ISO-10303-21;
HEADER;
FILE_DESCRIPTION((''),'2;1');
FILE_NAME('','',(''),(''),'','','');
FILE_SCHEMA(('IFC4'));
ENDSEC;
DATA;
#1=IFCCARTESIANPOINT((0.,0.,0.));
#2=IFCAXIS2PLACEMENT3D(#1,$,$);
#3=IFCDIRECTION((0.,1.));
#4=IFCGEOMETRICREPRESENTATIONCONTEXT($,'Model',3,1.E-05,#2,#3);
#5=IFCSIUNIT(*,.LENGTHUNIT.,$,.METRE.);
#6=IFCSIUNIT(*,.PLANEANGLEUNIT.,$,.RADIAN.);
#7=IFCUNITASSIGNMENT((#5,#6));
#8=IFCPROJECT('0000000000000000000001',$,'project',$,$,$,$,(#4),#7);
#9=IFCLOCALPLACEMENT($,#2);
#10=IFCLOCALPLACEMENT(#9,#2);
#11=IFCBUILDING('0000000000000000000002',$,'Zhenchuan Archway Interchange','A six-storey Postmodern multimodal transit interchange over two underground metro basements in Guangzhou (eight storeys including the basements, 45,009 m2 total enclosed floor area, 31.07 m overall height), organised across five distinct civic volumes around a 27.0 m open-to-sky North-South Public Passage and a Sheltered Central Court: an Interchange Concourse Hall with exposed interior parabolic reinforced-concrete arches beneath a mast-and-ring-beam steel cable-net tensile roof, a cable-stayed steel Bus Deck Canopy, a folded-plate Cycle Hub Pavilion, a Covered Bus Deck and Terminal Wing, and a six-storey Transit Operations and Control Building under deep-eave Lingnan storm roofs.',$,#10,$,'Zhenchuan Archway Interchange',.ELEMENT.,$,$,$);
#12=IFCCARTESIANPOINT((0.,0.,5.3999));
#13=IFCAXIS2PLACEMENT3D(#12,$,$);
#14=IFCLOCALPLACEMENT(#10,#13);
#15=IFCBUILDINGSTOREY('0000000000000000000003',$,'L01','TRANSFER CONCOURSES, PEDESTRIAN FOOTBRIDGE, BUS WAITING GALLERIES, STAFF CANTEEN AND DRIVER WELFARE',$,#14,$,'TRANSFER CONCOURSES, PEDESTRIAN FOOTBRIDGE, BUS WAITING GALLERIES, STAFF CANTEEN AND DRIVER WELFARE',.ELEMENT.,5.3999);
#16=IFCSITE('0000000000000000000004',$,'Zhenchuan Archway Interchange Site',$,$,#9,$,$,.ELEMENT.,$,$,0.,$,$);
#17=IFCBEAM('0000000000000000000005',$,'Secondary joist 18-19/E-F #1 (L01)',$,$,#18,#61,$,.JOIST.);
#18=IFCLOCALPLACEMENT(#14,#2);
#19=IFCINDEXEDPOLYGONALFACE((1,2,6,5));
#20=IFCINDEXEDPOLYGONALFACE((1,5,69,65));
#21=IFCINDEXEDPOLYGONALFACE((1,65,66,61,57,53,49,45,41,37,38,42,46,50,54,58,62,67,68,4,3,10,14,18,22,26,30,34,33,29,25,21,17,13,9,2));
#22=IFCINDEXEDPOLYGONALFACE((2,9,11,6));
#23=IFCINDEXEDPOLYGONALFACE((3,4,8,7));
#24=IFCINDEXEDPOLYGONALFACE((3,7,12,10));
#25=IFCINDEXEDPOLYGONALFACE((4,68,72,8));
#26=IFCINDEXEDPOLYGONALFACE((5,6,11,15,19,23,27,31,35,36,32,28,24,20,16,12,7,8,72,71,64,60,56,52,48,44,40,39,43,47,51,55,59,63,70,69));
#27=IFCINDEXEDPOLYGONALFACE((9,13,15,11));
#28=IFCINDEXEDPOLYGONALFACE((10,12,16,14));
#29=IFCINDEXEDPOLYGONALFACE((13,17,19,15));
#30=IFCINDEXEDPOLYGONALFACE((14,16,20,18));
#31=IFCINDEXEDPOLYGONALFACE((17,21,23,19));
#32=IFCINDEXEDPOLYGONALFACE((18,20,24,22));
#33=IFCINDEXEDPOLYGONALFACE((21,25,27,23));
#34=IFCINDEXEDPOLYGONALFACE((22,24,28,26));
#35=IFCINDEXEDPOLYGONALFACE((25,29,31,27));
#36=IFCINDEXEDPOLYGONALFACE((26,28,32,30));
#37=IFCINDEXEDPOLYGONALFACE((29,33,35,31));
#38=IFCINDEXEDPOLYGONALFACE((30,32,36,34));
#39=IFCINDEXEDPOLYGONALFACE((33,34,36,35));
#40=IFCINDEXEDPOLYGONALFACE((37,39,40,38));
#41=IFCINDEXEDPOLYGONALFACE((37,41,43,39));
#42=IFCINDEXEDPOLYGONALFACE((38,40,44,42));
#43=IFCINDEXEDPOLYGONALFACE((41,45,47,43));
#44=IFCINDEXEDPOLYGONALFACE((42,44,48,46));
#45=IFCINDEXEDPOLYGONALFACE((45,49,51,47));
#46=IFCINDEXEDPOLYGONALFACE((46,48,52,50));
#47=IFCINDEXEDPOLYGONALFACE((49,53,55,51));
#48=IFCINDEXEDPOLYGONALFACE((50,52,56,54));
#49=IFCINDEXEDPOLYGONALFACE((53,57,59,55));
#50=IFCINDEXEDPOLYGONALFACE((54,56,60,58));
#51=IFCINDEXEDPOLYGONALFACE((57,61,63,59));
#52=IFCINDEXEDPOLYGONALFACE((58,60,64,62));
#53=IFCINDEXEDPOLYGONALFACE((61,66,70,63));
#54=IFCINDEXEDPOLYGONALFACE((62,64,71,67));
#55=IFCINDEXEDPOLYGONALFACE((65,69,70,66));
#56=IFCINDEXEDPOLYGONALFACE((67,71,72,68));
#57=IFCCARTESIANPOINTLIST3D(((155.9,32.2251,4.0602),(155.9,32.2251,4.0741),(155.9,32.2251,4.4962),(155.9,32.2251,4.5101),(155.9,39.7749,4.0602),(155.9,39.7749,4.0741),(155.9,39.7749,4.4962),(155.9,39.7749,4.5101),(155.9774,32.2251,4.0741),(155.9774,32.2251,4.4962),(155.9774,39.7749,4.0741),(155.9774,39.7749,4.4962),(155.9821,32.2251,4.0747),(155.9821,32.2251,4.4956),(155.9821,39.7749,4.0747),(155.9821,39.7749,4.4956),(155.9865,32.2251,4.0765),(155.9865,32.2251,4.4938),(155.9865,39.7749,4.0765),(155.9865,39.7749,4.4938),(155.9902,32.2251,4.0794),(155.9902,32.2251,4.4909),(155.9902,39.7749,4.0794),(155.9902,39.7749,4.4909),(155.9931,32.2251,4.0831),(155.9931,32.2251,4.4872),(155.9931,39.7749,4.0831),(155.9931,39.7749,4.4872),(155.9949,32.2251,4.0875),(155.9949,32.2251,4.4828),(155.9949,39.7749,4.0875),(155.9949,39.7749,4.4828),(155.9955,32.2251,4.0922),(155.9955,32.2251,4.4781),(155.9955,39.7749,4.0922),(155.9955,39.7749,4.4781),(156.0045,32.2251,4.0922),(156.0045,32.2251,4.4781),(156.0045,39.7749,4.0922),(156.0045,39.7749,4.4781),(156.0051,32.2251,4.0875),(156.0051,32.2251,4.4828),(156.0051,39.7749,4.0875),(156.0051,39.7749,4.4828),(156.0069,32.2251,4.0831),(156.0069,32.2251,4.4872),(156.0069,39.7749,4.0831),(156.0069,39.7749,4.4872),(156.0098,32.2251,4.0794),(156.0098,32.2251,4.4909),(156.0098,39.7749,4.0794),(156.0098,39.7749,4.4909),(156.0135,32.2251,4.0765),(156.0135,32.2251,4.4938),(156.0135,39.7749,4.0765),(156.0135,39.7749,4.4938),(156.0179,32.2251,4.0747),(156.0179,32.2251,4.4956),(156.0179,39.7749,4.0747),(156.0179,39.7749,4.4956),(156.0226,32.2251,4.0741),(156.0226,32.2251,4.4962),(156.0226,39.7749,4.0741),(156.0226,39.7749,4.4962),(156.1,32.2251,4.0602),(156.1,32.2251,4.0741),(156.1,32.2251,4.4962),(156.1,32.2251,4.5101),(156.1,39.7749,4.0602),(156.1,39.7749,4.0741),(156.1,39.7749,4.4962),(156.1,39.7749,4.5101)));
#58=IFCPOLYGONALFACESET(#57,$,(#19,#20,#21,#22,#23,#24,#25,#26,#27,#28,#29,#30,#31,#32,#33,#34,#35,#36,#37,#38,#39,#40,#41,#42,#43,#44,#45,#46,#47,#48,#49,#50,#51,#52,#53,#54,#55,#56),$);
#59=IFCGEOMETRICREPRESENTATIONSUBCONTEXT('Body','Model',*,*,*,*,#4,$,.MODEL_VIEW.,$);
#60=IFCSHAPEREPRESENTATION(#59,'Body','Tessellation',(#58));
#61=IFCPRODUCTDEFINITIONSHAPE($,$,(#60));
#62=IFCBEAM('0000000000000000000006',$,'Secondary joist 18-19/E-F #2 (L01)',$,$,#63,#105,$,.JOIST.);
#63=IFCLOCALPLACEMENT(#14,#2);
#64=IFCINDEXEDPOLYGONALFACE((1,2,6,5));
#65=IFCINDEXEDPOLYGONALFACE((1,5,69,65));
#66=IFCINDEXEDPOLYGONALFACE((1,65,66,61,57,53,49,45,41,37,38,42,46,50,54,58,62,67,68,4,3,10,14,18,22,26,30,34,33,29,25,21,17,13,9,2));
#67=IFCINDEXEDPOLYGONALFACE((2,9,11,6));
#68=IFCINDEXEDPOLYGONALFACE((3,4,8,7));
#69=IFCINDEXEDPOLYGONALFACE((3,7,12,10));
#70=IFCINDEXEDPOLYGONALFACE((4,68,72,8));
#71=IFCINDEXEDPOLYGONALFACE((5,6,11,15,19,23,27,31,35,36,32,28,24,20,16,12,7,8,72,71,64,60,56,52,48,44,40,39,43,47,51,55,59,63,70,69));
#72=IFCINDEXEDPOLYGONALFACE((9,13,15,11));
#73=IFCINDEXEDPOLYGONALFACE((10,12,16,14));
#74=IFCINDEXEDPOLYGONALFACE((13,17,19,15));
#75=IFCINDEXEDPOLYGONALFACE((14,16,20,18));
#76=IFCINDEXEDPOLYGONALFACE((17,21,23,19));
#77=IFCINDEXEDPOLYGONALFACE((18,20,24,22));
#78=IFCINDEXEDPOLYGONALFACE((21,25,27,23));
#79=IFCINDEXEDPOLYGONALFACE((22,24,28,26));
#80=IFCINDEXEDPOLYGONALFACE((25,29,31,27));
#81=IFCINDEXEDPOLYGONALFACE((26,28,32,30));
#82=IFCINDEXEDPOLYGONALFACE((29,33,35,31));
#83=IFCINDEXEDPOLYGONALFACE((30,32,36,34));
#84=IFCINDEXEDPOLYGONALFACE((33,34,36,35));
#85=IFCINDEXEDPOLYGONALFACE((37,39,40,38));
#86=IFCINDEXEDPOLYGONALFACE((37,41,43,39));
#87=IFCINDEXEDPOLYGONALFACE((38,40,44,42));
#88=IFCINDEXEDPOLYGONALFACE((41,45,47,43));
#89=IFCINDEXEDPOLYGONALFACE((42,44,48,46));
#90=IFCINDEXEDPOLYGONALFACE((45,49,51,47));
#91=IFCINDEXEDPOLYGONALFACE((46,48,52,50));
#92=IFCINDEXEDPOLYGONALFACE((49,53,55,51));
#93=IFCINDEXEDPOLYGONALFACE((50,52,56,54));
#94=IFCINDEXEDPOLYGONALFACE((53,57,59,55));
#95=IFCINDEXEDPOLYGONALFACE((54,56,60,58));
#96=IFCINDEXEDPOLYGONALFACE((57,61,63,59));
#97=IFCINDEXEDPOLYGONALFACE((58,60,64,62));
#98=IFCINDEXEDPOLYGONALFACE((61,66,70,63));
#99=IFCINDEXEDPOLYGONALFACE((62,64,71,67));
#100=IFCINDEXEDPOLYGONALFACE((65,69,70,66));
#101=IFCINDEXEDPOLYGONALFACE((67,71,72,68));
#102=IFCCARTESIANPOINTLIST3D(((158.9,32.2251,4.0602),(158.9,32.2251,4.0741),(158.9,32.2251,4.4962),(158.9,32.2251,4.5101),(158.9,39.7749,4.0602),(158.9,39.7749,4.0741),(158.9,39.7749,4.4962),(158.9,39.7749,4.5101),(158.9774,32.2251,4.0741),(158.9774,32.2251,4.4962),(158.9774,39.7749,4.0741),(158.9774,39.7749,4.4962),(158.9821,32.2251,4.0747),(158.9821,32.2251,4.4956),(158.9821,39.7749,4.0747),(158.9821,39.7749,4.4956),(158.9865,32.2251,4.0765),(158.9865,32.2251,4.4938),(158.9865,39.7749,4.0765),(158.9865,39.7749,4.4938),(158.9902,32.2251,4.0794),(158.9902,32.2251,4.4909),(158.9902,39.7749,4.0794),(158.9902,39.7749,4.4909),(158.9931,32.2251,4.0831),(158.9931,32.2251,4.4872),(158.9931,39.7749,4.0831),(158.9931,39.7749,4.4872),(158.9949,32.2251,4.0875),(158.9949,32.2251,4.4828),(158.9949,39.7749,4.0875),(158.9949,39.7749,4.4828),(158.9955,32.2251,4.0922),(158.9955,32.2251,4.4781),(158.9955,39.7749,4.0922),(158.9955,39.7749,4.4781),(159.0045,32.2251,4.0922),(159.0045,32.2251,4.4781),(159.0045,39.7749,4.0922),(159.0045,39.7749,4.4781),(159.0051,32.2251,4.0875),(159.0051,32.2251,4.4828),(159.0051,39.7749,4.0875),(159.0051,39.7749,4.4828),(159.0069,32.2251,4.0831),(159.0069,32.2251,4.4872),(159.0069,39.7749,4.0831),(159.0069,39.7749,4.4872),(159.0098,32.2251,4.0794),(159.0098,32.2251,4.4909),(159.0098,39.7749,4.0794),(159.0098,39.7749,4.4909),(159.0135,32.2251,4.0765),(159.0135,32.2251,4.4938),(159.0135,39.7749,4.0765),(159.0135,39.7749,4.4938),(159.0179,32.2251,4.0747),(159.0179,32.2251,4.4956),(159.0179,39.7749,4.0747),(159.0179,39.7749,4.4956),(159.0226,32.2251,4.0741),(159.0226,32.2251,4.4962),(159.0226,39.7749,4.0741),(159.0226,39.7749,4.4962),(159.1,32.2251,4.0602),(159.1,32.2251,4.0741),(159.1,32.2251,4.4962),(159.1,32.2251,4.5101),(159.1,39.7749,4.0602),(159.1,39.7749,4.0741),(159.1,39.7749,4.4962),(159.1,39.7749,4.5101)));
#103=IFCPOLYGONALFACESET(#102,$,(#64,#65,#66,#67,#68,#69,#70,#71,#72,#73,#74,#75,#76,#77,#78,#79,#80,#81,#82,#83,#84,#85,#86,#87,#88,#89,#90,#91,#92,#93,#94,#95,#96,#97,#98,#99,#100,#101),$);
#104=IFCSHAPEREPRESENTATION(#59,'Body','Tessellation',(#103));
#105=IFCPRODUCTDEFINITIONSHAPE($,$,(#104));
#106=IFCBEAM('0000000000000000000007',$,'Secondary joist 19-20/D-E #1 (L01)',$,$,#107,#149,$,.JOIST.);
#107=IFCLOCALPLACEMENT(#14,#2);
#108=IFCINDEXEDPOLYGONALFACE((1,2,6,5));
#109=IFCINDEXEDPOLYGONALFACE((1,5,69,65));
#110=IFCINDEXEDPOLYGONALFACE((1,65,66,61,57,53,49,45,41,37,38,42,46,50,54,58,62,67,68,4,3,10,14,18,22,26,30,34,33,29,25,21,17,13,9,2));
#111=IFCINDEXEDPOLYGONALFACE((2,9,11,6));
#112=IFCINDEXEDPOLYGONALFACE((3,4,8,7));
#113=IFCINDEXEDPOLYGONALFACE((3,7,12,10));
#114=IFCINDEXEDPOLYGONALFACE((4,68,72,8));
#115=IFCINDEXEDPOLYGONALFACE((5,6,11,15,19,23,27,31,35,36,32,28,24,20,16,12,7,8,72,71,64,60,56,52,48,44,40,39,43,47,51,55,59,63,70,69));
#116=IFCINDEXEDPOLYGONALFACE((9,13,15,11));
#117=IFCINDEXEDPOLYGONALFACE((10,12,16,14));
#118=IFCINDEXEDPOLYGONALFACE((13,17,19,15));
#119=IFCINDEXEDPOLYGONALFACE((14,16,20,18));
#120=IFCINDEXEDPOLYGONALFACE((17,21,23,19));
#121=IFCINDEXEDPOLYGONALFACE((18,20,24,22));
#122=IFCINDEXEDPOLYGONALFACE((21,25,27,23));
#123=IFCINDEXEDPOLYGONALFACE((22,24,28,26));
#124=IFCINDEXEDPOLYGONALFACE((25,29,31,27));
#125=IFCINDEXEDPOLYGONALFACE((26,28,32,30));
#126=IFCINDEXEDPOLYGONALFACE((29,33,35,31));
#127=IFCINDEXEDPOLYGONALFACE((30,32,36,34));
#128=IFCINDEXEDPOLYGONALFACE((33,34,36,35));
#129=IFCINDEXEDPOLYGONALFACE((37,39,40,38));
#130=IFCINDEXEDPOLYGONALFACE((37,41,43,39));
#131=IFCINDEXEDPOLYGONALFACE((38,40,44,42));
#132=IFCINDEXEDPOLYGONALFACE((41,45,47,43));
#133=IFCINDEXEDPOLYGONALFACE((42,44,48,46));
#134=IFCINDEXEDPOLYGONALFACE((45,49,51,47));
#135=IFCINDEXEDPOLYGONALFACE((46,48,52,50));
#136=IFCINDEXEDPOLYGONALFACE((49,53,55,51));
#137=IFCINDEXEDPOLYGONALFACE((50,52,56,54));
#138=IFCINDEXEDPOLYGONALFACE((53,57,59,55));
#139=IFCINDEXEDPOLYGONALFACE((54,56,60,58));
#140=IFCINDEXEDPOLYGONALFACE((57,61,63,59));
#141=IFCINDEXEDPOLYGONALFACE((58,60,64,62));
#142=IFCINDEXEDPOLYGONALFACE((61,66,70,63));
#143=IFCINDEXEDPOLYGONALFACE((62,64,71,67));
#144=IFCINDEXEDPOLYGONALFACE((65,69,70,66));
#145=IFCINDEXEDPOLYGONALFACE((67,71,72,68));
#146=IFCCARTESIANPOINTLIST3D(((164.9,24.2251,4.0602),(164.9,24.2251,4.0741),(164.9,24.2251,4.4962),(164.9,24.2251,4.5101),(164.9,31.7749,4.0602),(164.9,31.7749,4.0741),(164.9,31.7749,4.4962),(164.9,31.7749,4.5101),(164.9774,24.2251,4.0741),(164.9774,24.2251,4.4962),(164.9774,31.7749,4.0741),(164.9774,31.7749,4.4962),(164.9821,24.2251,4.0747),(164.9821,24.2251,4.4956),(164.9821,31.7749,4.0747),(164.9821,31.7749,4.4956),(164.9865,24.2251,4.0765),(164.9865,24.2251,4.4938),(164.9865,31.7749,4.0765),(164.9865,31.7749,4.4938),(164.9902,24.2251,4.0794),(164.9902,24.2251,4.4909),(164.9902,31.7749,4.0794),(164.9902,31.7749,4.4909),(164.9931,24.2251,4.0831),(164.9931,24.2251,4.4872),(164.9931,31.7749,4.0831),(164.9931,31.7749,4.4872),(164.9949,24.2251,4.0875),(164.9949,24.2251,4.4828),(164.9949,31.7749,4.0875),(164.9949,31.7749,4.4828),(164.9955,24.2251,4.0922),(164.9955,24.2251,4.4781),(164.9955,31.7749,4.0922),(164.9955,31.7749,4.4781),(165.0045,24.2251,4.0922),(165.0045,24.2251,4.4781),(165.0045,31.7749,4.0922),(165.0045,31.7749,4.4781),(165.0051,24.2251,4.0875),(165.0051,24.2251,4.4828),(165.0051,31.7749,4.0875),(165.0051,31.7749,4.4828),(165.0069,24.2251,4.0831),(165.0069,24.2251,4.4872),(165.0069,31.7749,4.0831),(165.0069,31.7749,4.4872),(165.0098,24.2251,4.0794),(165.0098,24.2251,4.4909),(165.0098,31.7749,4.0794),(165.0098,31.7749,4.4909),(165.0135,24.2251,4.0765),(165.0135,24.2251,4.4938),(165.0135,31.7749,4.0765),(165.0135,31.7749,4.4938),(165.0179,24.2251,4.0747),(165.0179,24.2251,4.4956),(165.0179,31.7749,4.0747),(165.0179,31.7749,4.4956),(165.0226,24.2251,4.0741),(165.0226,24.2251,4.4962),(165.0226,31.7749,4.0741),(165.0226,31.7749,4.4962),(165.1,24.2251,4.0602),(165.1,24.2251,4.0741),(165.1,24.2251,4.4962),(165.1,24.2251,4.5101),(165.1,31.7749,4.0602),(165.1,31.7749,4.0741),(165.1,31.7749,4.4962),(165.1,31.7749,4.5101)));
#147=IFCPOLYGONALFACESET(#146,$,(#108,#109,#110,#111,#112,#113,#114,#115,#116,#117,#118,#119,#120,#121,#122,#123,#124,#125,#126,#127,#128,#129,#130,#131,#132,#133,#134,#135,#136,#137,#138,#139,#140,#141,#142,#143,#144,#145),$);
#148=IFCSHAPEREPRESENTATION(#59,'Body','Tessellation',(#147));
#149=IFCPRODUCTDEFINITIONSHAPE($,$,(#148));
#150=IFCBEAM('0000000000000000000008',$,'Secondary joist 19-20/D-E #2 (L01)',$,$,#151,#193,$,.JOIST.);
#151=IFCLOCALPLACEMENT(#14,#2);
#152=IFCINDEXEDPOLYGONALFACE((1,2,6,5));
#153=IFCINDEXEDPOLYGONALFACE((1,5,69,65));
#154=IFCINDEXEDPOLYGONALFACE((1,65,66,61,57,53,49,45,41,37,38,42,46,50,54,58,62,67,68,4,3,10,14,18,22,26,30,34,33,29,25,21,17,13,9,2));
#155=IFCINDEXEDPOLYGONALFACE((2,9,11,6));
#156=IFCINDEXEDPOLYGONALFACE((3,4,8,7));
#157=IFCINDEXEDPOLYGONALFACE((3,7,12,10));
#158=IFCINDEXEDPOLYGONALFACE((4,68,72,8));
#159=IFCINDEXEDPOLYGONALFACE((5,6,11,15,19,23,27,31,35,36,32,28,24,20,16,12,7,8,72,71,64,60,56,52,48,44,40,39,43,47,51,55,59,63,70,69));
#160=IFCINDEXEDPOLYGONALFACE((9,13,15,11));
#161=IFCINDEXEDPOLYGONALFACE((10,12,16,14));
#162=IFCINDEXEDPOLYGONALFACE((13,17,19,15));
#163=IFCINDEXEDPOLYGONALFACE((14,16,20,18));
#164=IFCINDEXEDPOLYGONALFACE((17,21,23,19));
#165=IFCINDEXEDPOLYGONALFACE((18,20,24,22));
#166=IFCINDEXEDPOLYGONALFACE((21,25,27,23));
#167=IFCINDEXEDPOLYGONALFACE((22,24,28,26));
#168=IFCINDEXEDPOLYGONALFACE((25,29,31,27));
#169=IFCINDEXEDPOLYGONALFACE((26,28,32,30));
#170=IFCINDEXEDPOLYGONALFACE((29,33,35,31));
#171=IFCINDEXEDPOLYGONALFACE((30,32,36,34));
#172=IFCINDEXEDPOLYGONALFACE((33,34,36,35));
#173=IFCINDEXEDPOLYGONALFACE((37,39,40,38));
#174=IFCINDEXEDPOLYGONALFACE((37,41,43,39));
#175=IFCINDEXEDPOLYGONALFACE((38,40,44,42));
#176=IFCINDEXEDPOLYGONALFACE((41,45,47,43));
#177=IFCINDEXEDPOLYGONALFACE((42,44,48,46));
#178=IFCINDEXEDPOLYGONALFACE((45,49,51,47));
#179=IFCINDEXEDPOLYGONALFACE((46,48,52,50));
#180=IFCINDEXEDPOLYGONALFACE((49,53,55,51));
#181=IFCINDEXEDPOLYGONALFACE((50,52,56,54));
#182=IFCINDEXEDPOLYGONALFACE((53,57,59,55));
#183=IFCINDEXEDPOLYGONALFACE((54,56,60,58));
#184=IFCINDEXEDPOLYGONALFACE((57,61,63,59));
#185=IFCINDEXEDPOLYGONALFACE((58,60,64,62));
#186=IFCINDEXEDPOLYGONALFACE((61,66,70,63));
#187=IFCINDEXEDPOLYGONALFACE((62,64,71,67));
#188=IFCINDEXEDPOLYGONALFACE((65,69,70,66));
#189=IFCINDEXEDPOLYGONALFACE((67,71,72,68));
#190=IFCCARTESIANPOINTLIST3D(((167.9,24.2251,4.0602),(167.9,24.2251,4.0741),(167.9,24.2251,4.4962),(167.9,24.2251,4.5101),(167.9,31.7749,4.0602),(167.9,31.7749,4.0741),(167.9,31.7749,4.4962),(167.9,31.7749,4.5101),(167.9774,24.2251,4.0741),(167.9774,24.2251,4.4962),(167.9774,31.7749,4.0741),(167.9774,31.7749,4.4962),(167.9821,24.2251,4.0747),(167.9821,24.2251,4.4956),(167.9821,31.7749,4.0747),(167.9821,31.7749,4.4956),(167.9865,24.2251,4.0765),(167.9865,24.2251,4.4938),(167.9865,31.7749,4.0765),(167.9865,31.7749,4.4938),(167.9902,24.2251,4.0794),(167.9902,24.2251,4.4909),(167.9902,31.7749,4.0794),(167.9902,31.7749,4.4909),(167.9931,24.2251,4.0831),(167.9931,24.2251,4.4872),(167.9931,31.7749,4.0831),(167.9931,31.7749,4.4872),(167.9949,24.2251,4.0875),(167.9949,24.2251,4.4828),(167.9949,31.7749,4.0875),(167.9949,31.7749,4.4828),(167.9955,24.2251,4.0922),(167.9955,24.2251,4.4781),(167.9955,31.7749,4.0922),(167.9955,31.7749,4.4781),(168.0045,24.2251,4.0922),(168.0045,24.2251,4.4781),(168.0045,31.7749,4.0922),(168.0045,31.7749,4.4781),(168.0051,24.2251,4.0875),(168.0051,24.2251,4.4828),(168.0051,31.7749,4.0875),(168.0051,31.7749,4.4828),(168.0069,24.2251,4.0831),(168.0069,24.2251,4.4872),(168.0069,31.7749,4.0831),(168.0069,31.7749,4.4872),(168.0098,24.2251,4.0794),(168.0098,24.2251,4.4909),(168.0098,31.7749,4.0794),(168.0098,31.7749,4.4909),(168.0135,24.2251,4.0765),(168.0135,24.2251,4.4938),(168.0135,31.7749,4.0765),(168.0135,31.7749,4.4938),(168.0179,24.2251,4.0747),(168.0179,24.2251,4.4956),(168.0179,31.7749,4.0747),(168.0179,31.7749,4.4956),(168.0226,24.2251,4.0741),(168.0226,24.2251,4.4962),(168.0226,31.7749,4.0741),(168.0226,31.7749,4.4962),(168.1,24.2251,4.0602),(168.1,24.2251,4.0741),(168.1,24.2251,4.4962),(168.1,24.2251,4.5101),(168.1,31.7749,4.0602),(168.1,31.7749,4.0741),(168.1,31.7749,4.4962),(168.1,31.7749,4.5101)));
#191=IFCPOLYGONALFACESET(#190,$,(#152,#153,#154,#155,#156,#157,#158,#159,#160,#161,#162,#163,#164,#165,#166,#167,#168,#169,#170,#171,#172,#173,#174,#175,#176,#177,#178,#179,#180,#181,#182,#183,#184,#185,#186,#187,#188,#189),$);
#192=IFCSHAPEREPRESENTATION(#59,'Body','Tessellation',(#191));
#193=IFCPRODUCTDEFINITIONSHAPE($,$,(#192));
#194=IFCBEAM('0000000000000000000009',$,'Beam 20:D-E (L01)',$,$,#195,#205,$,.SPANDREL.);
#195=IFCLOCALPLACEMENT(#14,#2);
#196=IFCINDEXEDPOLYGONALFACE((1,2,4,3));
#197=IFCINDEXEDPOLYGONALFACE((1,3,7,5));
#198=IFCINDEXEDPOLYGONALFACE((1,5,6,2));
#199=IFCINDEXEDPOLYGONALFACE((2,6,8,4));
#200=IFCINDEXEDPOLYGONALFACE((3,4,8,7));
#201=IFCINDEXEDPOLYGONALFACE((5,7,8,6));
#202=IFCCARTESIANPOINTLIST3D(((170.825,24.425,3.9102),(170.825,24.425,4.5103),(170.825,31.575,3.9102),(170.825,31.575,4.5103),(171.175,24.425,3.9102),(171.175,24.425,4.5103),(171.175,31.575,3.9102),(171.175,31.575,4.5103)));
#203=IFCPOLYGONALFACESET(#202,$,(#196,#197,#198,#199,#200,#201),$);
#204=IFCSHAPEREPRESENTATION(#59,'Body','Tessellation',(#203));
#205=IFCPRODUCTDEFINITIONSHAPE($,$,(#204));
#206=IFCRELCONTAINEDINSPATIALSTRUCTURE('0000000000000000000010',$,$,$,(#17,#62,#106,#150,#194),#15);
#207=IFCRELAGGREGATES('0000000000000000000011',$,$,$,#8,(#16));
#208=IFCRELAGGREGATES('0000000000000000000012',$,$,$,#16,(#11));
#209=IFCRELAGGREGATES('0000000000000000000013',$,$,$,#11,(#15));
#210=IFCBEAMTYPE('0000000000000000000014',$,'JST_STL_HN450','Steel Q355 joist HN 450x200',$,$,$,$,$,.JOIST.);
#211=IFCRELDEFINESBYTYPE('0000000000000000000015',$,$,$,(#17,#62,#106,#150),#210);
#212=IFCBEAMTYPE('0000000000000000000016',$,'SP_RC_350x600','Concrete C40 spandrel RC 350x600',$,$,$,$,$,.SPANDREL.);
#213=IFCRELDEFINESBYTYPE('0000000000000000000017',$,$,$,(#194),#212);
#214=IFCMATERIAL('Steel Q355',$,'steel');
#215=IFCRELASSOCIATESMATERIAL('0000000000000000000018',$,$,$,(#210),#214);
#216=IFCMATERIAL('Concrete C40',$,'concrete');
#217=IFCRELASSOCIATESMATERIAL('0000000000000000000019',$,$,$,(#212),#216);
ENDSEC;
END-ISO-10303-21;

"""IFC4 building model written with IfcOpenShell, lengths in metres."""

from ifc_helpers import new_model, si_unit, direction, frame, origin, origin_2d, place, context, subcontext, project, spatial, rectangle, i_section, extrude, material, material_profile, profile_set, type_object, element, save


model = new_model("IFC4")

# Units and contexts
model_context = context("Model", 3, precision=1e-05, world=origin(), true_north=direction((0.0, 1.0)))
body_context = subcontext(model_context, "Body", "Model", "MODEL_VIEW")
ifc_project = project(units=[si_unit("LENGTHUNIT", "METRE"), si_unit("PLANEANGLEUNIT", "RADIAN")], contexts=[model_context])

# Site, building, storey
site_placement = place(None, origin())
site = spatial("IfcSite", under=ifc_project, at=site_placement, Name="Zhenchuan Archway Interchange Site", CompositionType="ELEMENT", RefElevation=0.0)
building_placement = place(site_placement, origin())
building = spatial("IfcBuilding", under=site, at=building_placement, Name="Zhenchuan Archway Interchange", Description="A six-storey Postmodern multimodal transit interchange over two underground metro basements in Guangzhou (eight storeys including the basements, 45,009 m2 total enclosed floor area, 31.07 m overall height), organised across five distinct civic volumes around a 27.0 m open-to-sky North-South Public Passage and a Sheltered Central Court: an Interchange Concourse Hall with exposed interior parabolic reinforced-concrete arches beneath a mast-and-ring-beam steel cable-net tensile roof, a cable-stayed steel Bus Deck Canopy, a folded-plate Cycle Hub Pavilion, a Covered Bus Deck and Terminal Wing, and a six-storey Transit Operations and Control Building under deep-eave Lingnan storm roofs.", LongName="Zhenchuan Archway Interchange", CompositionType="ELEMENT")
storey_placement = place(building_placement, frame((0.0, 0.0, 5.3999)))
storey = spatial("IfcBuildingStorey", under=building, at=storey_placement, Name="L01", Description="TRANSFER CONCOURSES, PEDESTRIAN FOOTBRIDGE, BUS WAITING GALLERIES, STAFF CANTEEN AND DRIVER WELFARE", LongName="TRANSFER CONCOURSES, PEDESTRIAN FOOTBRIDGE, BUS WAITING GALLERIES, STAFF CANTEEN AND DRIVER WELFARE", CompositionType="ELEMENT", Elevation=5.3999)

# Beams
ifc_material_1 = material(Name="Concrete C40", Category="concrete")
ifc_material_2 = material(Name="Steel Q355", Category="steel")
ifc_material_profile_1 = material_profile(ifc_material_2, i_section(OverallWidth=0.2, OverallDepth=0.45, WebThickness=0.009, FlangeThickness=0.0139, FilletRadius=0.0181, at=origin_2d()), Name="HN 450x200")
ifc_profile_set_1 = profile_set([ifc_material_profile_1], Name="Steel Q355")
beam_type_1 = type_object("IfcBeamType", Name="JST_STL_HN450", Description="Steel Q355 joist HN 450x200", PredefinedType="JOIST", material=ifc_profile_set_1)
for number, where, z_axis, x_axis, name in (
    (1, (156.0, 32.2251, 4.2852), (0.0, 1.0, 0.0), (-1.0, 0.0, 0.0), "Secondary joist 18-19/E-F #1 (L01)"),
    (2, (159.0, 32.2251, 4.2852), (0.0, 1.0, 0.0), (-1.0, 0.0, 0.0), "Secondary joist 18-19/E-F #2 (L01)"),
    (3, (165.0, 24.2251, 4.2852), (0.0, 1.0, 0.0), (-1.0, 0.0, 0.0), "Secondary joist 19-20/D-E #1 (L01)"),
    (4, (168.0, 24.2251, 4.2852), (0.0, 1.0, 0.0), (-1.0, 0.0, 0.0), "Secondary joist 19-20/D-E #2 (L01)"),
):
    element("IfcBeam", number, at=place(storey_placement, frame(where, z_axis=z_axis, x_axis=x_axis)), inside=storey, type_object=beam_type_1, Name=name, PredefinedType="JOIST", context=body_context, shape_type="SweptSolid", body=[
        extrude(i_section(OverallWidth=0.2, OverallDepth=0.45, WebThickness=0.009, FlangeThickness=0.0139, FilletRadius=0.0181, at=origin_2d()), origin(), (0.0, 0.0, 1.0), 7.5498),
    ])
ifc_material_profile_2 = material_profile(ifc_material_1, rectangle(XDim=0.3501, YDim=0.6001, at=origin_2d()), Name="RC 350x600")
ifc_profile_set_2 = profile_set([ifc_material_profile_2], Name="Concrete C40")
beam_type_2 = type_object("IfcBeamType", Name="SP_RC_350x600", Description="Concrete C40 spandrel RC 350x600", PredefinedType="SPANDREL", material=ifc_profile_set_2)
for number, where, z_axis, x_axis, name in (
    (5, (171.0, 24.425, 4.2102), (0.0, 1.0, 0.0), (-1.0, 0.0, 0.0), "Beam 20:D-E (L01)"),
):
    element("IfcBeam", number, at=place(storey_placement, frame(where, z_axis=z_axis, x_axis=x_axis)), inside=storey, type_object=beam_type_2, Name=name, PredefinedType="SPANDREL", context=body_context, shape_type="SweptSolid", body=[
        extrude(rectangle(XDim=0.3501, YDim=0.6001, at=origin_2d()), origin(), (0.0, 0.0, 1.0), 7.1499),
    ])

save(model, "model.ifc")
